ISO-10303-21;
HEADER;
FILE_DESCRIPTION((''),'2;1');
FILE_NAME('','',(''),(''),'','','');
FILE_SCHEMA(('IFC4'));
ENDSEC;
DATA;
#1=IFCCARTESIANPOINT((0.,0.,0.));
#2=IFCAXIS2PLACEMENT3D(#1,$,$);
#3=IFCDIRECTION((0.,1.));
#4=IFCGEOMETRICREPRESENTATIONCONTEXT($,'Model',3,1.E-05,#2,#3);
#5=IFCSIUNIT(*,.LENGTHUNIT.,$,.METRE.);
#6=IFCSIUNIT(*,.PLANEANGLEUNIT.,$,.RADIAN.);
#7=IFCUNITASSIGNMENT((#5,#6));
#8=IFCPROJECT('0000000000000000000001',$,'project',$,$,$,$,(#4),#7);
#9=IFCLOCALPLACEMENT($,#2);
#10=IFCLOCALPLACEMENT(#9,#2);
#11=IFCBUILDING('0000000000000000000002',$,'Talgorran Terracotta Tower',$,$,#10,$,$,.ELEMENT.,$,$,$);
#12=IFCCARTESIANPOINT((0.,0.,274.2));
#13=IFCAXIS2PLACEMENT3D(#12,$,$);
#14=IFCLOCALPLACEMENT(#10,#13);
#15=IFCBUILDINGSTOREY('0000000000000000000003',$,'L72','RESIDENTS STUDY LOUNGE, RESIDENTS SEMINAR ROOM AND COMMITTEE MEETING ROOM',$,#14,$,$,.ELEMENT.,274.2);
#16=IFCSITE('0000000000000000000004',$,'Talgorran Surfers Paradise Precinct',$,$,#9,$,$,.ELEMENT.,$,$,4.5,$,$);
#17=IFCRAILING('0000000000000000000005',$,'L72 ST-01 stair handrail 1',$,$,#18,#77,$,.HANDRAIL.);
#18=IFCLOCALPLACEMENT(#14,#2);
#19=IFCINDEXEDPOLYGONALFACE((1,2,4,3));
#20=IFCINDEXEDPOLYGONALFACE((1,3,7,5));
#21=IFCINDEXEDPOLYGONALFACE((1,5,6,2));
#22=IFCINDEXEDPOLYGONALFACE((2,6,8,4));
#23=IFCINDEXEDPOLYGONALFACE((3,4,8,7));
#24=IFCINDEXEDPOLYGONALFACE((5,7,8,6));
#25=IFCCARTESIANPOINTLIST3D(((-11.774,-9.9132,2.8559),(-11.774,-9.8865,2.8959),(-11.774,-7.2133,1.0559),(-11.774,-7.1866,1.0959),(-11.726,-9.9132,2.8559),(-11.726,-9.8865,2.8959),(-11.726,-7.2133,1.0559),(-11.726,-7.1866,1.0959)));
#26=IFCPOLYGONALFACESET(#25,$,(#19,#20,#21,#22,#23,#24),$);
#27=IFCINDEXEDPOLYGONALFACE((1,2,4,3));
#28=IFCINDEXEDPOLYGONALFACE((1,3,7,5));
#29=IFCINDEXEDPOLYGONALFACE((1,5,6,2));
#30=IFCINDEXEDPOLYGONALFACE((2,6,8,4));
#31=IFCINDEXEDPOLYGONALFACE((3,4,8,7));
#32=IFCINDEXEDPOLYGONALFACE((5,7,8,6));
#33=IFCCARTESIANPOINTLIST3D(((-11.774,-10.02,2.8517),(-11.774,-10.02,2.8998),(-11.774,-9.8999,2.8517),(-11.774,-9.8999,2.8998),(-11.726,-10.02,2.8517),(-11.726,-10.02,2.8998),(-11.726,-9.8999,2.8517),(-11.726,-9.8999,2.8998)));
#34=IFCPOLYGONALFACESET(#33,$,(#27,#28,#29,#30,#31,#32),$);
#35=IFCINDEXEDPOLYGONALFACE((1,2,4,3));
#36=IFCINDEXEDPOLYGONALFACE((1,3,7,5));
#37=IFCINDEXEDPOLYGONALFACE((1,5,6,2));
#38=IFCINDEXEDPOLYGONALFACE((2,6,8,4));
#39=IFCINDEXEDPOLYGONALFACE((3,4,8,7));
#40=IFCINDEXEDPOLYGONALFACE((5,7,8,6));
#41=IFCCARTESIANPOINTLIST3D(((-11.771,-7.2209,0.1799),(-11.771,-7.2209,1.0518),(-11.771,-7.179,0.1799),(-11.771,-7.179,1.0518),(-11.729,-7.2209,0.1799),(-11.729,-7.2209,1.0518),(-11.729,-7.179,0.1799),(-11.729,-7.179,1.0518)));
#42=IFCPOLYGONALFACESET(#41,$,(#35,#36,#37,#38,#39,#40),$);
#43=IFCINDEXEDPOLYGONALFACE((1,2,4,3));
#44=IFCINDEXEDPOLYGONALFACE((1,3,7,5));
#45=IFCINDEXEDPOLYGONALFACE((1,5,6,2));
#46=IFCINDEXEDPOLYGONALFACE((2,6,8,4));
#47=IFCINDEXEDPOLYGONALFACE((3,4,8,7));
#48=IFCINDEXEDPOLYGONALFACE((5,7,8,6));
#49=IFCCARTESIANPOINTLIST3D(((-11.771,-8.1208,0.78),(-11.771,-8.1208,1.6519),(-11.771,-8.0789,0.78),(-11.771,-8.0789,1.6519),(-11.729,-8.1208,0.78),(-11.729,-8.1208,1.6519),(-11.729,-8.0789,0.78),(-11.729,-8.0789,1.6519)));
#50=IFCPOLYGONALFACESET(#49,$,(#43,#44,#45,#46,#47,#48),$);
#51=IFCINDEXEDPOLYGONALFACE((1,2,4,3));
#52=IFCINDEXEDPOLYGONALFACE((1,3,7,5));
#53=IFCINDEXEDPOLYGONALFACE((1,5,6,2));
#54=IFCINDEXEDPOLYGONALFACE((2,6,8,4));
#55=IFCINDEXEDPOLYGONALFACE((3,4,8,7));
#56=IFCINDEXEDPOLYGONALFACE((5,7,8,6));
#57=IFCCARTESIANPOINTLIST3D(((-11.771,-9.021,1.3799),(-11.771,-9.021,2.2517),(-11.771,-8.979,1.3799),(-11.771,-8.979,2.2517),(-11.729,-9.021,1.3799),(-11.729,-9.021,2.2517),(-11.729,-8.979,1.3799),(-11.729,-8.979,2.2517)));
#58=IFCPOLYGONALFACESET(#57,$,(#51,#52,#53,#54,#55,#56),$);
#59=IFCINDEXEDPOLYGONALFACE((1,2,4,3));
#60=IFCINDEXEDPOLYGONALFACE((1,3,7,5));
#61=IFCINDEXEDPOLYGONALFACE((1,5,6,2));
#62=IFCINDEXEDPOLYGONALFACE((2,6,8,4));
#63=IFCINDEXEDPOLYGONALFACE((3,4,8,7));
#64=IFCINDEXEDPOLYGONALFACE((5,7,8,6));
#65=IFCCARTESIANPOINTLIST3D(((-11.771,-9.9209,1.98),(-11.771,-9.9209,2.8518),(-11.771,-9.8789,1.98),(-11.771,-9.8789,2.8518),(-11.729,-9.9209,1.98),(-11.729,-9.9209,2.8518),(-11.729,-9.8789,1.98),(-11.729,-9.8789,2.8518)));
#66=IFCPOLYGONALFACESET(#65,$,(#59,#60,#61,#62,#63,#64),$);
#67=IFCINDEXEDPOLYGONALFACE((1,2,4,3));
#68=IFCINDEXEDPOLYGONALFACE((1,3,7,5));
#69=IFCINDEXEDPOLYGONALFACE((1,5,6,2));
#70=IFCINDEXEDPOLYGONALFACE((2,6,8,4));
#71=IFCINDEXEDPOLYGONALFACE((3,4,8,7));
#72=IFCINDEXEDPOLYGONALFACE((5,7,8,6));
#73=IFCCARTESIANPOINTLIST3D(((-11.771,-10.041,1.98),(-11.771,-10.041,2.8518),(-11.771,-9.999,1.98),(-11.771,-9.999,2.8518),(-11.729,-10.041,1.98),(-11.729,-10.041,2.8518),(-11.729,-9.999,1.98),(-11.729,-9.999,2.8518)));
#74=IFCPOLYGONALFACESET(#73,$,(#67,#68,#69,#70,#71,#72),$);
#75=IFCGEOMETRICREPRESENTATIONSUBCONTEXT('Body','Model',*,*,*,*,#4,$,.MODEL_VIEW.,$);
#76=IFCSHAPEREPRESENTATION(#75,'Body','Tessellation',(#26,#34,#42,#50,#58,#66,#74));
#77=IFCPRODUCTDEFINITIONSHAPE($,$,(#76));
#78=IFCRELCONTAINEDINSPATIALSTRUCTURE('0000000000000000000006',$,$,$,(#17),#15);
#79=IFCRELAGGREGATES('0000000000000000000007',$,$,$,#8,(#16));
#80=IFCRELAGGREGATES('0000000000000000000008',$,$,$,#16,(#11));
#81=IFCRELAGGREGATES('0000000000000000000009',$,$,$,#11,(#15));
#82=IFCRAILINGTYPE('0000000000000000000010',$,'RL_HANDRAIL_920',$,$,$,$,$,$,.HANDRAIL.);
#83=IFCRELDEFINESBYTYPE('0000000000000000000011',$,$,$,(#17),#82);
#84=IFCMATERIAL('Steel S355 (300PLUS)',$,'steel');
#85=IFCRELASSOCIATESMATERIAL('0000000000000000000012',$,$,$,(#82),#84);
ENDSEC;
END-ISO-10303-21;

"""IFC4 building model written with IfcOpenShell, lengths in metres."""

from ifc_helpers import new_model, si_unit, direction, frame, origin, origin_2d, place, context, subcontext, project, spatial, rectangle, extrude, material, type_object, element, save


model = new_model("IFC4")

# Units and contexts
model_context = context("Model", 3, precision=1e-05, world=origin(), true_north=direction((0.0, 1.0)))
body_context = subcontext(model_context, "Body", "Model", "MODEL_VIEW")
ifc_project = project(units=[si_unit("LENGTHUNIT", "METRE"), si_unit("PLANEANGLEUNIT", "RADIAN")], contexts=[model_context])

# Site, building, storey
site_placement = place(None, origin())
site = spatial("IfcSite", under=ifc_project, at=site_placement, Name="Talgorran Surfers Paradise Precinct", CompositionType="ELEMENT", RefElevation=4.5)
building_placement = place(site_placement, origin())
building = spatial("IfcBuilding", under=site, at=building_placement, Name="Talgorran Terracotta Tower", CompositionType="ELEMENT")
storey_placement = place(building_placement, frame((0.0, 0.0, 274.2)))
storey = spatial("IfcBuildingStorey", under=building, at=storey_placement, Name="L72", Description="RESIDENTS STUDY LOUNGE, RESIDENTS SEMINAR ROOM AND COMMITTEE MEETING ROOM", CompositionType="ELEMENT", Elevation=274.2)

# Shared definitions
ifc_material_1 = material(Name="Steel S355 (300PLUS)", Category="steel")

# Railing
railing_type = type_object("IfcRailingType", Name="RL_HANDRAIL_920", PredefinedType="HANDRAIL", material=ifc_material_1)
railing_placement = place(storey_placement, frame((-11.75, -7.2, 0.1799)))
element("IfcRailing", 1, at=railing_placement, inside=storey, type_object=railing_type, Name="L72 ST-01 stair handrail 1", PredefinedType="HANDRAIL", context=body_context, shape_type="SweptSolid", body=[
    extrude(rectangle(XDim=0.0481, YDim=0.0481, at=origin_2d()), frame((0.0, 0.0, 0.896), z_axis=(0.0, -0.832039, 0.554718), x_axis=(1.0, 0.0, 0.0)), (0.0, 0.0, 1.0), 3.2449),
    extrude(rectangle(XDim=0.0481, YDim=0.0481, at=origin_2d()), frame((0.0, -2.7, 2.6958), z_axis=(0.0, -1.0, 0.0), x_axis=(1.0, 0.0, 0.0)), (0.0, 0.0, 1.0), 0.1201),
    extrude(rectangle(XDim=0.042, YDim=0.042, at=origin_2d()), origin(), (0.0, 0.0, 1.0), 0.8718),
    extrude(rectangle(XDim=0.042, YDim=0.042, at=origin_2d()), frame((0.0, -0.8999, 0.6001)), (0.0, 0.0, 1.0), 0.8718),
    extrude(rectangle(XDim=0.042, YDim=0.042, at=origin_2d()), frame((0.0, -1.8, 1.2)), (0.0, 0.0, 1.0), 0.8718),
    extrude(rectangle(XDim=0.042, YDim=0.042, at=origin_2d()), frame((0.0, -2.7, 1.8)), (0.0, 0.0, 1.0), 0.8718),
    extrude(rectangle(XDim=0.042, YDim=0.042, at=origin_2d()), frame((0.0, -2.8201, 1.8)), (0.0, 0.0, 1.0), 0.8718),
])

save(model, "model.ifc")
